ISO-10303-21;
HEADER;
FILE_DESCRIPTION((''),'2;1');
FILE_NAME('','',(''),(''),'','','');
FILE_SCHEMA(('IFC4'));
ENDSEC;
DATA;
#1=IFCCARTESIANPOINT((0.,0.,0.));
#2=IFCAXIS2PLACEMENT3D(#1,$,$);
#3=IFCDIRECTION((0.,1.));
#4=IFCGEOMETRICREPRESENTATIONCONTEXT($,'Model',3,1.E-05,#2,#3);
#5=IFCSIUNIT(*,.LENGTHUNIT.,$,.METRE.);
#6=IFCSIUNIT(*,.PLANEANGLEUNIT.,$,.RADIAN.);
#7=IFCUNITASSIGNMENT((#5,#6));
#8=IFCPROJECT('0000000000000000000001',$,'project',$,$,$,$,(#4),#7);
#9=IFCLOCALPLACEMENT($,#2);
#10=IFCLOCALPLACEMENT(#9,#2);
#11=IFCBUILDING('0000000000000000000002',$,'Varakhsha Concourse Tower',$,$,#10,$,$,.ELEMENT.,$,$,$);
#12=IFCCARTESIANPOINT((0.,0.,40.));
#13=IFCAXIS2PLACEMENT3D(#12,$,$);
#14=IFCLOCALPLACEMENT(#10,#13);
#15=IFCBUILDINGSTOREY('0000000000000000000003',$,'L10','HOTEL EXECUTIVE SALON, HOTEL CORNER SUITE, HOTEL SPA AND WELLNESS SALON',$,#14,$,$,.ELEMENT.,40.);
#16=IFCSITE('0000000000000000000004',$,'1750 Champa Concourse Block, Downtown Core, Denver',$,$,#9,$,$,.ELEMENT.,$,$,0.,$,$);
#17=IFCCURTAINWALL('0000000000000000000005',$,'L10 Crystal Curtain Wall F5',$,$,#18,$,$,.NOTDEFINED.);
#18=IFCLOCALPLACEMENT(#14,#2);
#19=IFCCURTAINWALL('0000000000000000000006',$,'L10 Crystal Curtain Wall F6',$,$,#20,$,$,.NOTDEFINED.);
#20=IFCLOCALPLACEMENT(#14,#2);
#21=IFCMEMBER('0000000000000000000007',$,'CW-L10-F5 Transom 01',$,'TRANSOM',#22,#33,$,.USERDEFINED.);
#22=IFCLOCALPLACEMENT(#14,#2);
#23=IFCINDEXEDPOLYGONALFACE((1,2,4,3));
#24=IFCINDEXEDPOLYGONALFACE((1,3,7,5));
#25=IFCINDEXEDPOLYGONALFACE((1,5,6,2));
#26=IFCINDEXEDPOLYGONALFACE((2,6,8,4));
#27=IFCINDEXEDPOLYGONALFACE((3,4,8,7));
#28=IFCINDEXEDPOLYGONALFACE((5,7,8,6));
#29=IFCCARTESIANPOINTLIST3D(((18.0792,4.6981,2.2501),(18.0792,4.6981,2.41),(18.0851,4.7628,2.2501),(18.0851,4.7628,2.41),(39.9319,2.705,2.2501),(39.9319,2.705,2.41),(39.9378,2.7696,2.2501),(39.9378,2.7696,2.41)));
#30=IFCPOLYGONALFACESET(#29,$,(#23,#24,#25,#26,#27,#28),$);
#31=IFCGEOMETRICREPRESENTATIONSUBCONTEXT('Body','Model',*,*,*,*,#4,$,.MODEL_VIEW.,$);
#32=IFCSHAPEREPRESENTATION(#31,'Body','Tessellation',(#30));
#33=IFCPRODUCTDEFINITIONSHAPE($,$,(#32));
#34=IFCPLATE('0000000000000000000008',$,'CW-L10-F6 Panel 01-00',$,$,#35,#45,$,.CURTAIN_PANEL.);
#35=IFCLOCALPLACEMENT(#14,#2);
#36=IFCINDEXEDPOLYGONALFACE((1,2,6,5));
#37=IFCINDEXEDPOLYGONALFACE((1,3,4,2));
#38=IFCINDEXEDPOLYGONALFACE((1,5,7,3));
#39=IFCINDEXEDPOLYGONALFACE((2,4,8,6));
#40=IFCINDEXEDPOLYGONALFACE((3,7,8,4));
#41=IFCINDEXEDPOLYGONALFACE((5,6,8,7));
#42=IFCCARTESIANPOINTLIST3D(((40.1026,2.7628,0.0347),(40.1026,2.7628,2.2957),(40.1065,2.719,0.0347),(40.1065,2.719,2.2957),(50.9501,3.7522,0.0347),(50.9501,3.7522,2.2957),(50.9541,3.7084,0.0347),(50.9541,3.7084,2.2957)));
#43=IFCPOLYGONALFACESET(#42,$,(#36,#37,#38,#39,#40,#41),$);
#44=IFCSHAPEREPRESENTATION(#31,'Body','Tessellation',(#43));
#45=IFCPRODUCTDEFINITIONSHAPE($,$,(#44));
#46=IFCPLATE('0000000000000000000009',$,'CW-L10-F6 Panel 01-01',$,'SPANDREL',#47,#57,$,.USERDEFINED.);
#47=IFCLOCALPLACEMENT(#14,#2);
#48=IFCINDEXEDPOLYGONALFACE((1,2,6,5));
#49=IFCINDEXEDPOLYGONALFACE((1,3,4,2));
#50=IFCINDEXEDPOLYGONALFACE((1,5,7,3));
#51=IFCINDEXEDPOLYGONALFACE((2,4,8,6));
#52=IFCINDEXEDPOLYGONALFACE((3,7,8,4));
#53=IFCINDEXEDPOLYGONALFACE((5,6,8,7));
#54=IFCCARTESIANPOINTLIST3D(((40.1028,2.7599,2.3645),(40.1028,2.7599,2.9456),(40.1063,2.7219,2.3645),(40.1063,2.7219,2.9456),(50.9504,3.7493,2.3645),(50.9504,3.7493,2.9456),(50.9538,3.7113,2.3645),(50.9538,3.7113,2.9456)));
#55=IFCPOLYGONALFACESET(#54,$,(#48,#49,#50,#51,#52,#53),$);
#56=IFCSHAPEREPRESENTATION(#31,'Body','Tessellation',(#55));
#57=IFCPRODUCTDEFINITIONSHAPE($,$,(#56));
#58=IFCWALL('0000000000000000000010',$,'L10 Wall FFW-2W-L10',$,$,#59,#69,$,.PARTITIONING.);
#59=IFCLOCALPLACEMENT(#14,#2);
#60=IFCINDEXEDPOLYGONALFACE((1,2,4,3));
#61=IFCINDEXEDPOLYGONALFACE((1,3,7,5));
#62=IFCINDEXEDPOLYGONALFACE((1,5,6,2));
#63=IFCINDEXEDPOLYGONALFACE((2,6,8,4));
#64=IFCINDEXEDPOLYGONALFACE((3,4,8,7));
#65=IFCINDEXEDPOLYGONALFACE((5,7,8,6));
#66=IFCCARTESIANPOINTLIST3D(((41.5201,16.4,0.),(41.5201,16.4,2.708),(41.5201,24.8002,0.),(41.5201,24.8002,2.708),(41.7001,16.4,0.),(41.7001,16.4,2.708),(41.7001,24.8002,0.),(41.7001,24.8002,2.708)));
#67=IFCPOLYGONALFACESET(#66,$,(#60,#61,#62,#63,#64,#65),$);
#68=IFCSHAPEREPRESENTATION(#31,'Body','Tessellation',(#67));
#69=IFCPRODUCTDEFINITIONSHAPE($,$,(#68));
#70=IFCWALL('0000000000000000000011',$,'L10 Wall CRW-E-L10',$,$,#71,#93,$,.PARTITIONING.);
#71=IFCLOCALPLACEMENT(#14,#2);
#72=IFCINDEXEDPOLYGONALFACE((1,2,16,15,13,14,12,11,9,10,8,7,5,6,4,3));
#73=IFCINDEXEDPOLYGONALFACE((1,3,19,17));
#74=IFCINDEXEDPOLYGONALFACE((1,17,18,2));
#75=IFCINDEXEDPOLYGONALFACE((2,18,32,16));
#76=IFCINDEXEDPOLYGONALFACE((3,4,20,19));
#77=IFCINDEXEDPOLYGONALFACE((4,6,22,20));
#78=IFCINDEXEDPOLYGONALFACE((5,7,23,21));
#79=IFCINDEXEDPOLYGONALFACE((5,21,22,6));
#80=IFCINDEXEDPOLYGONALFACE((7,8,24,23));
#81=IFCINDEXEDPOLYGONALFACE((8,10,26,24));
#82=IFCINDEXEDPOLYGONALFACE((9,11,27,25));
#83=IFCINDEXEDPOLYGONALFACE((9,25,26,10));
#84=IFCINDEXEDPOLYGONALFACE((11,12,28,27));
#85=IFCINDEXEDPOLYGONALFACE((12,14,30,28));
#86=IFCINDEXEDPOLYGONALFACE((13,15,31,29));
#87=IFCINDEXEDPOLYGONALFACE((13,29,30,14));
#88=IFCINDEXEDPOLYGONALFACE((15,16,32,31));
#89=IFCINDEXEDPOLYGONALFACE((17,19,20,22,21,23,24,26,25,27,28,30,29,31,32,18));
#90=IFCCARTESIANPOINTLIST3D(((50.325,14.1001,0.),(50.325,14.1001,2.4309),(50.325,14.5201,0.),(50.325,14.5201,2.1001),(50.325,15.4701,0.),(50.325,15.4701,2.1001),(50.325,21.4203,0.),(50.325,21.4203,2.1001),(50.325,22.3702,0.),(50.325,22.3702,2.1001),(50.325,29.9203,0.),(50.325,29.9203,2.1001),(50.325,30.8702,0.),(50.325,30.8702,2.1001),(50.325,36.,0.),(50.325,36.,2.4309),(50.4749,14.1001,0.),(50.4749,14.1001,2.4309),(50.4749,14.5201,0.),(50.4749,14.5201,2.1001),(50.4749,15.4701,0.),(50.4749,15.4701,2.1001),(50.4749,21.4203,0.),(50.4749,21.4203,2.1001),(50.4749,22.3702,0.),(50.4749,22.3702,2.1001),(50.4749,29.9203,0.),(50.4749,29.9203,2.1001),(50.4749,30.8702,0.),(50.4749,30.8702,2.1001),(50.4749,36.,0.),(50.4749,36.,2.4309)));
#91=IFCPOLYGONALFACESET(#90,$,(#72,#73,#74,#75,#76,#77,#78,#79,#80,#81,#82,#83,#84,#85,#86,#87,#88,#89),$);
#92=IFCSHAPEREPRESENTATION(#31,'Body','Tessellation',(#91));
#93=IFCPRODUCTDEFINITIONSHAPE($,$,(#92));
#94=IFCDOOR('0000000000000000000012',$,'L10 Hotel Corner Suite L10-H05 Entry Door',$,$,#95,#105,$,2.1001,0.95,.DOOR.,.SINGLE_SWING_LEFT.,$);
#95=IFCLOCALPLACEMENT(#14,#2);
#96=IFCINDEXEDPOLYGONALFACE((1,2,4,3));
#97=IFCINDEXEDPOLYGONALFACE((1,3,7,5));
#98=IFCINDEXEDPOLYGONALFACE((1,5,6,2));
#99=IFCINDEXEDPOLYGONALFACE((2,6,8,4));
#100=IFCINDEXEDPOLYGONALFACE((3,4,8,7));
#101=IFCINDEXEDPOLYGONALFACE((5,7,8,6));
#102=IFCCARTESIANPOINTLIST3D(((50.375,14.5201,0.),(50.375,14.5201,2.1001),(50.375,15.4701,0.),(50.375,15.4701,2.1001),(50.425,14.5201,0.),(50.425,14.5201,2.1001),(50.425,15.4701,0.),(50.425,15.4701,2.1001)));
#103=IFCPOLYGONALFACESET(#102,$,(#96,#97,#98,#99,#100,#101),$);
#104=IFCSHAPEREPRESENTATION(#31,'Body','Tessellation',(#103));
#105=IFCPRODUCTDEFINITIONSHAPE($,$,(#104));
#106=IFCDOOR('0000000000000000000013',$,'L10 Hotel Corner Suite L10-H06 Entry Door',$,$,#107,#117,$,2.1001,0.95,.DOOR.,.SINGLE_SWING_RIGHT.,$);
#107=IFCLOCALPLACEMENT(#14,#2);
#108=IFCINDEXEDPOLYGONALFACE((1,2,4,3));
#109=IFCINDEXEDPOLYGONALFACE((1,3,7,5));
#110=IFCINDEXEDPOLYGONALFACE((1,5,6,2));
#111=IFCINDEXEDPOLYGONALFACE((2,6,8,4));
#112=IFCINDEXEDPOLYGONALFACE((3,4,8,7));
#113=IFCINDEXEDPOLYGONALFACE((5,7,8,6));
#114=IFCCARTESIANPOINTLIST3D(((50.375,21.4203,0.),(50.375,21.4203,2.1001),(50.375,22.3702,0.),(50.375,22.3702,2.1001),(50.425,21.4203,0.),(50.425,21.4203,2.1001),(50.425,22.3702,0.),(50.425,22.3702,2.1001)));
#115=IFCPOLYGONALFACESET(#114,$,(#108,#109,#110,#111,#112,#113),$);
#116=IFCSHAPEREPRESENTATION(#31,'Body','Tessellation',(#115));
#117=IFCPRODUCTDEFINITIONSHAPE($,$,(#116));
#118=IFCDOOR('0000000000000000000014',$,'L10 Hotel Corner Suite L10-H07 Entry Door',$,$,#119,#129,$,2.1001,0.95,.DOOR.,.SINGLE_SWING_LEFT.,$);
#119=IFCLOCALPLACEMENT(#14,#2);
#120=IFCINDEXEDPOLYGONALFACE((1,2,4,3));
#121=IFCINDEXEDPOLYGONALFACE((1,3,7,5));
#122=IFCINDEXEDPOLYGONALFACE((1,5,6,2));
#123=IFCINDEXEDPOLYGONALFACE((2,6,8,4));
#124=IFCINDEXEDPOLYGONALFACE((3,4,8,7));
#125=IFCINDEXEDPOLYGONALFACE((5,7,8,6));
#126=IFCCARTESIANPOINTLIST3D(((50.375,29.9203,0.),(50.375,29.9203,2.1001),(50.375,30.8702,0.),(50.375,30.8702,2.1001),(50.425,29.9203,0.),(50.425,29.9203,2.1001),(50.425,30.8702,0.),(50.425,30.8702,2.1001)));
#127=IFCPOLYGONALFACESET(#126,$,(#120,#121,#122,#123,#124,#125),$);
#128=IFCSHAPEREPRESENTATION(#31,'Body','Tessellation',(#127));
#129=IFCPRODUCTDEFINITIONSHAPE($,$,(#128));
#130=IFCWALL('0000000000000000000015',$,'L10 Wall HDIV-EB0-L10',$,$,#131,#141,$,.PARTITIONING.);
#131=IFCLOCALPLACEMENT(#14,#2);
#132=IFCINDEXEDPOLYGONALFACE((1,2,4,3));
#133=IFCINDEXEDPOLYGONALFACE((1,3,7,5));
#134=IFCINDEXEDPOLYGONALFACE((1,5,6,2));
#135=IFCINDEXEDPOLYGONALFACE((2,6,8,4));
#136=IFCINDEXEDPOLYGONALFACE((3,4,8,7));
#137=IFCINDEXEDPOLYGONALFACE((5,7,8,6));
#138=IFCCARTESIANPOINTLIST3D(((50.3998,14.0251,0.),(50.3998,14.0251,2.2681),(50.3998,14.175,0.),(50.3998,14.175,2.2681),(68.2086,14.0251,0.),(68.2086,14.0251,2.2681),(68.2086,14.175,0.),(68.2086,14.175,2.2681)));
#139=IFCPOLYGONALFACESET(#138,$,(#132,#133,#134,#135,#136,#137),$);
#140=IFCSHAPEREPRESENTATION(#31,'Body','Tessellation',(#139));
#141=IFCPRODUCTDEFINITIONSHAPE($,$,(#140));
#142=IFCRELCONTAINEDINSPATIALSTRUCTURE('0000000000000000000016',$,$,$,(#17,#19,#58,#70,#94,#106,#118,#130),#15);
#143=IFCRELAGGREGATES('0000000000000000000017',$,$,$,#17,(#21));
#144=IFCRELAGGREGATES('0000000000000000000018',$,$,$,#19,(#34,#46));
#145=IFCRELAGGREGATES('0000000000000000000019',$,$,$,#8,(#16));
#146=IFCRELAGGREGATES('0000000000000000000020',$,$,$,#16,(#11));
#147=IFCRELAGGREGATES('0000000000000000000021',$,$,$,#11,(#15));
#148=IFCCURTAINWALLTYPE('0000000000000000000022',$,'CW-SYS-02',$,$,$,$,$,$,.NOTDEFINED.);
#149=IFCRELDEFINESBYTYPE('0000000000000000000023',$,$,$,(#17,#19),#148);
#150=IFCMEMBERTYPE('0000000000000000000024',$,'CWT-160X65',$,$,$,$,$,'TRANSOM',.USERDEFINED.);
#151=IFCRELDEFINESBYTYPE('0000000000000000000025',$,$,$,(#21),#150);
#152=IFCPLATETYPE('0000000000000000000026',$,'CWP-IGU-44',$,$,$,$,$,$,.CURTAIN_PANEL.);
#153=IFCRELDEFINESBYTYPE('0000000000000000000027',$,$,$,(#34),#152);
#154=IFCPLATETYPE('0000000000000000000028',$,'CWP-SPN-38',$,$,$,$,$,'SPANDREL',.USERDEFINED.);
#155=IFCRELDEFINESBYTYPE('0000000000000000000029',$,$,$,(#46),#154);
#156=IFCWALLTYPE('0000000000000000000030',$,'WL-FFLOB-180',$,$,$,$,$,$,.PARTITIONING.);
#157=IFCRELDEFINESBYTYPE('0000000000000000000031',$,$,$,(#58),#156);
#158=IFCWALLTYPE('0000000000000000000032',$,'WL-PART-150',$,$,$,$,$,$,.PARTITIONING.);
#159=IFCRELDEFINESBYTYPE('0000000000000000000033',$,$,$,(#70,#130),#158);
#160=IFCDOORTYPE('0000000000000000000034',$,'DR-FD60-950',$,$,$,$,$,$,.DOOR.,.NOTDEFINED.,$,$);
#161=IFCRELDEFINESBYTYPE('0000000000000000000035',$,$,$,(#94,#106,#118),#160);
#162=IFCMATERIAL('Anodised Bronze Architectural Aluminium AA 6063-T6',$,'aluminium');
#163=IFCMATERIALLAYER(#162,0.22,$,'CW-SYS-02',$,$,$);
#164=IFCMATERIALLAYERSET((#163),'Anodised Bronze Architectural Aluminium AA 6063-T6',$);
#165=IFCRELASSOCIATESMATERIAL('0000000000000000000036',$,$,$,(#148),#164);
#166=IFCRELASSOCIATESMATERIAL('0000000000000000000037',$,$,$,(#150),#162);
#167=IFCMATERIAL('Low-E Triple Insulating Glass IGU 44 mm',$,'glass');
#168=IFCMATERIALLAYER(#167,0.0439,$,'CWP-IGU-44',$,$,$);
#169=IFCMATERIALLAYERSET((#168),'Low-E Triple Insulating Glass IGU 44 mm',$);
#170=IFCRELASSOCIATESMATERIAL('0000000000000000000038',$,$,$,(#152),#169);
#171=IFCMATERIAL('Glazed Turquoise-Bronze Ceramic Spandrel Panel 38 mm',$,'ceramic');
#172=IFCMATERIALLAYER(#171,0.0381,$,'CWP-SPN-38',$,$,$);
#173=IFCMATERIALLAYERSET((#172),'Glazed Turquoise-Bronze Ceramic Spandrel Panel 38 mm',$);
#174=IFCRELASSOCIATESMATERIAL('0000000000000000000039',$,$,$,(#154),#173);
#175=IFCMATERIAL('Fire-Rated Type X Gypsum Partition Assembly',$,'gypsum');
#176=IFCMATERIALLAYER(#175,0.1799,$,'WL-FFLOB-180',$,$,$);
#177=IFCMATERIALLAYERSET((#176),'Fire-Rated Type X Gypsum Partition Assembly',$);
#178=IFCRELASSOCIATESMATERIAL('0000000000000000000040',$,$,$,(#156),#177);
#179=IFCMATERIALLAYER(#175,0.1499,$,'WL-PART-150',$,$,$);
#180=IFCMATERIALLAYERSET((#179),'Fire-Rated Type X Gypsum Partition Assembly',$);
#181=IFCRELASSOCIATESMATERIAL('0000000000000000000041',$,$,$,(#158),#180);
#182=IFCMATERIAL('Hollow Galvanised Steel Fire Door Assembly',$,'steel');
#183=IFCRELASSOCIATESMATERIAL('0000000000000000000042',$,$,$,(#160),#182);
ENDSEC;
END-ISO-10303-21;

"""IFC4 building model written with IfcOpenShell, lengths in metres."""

from ifc_helpers import new_model, si_unit, direction, frame, frame_2d, origin, origin_2d, place, context, subcontext, project, spatial, rectangle, extrude, source, transform, mapped, material, layer, layer_set, material_profile, profile_set, type_object, type_shapes, element, fill, aggregate, save


model = new_model("IFC4")

# Units and contexts
model_context = context("Model", 3, precision=1e-05, world=origin(), true_north=direction((0.0, 1.0)))
body_context = subcontext(model_context, "Body", "Model", "MODEL_VIEW")
ifc_project = project(units=[si_unit("LENGTHUNIT", "METRE"), si_unit("PLANEANGLEUNIT", "RADIAN")], contexts=[model_context])

# Site, building, storey
site_placement = place(None, origin())
site = spatial("IfcSite", under=ifc_project, at=site_placement, Name="1750 Champa Concourse Block, Downtown Core, Denver", CompositionType="ELEMENT", RefElevation=0.0)
building_placement = place(site_placement, origin())
building = spatial("IfcBuilding", under=site, at=building_placement, Name="Varakhsha Concourse Tower", CompositionType="ELEMENT")
storey_placement = place(building_placement, frame((0.0, 0.0, 40.0)))
storey = spatial("IfcBuildingStorey", under=building, at=storey_placement, Name="L10", Description="HOTEL EXECUTIVE SALON, HOTEL CORNER SUITE, HOTEL SPA AND WELLNESS SALON", CompositionType="ELEMENT", Elevation=40.0)

# Curtain wall
ifc_material_1 = material(Name="Anodised Bronze Architectural Aluminium AA 6063-T6", Category="aluminium")
ifc_layer_1 = layer(ifc_material_1, 0.22, Name="CW-SYS-02")
ifc_layer_set_1 = layer_set([ifc_layer_1], Name="Anodised Bronze Architectural Aluminium AA 6063-T6")
curtain_wall_type = type_object("IfcCurtainWallType", Name="CW-SYS-02", PredefinedType="NOTDEFINED", material=ifc_layer_set_1)
curtain_wall_1_placement = place(storey_placement, origin())
curtain_wall_1 = element("IfcCurtainWall", 1, at=curtain_wall_1_placement, inside=storey, type_object=curtain_wall_type, Name="L10 Crystal Curtain Wall F5", PredefinedType="NOTDEFINED")

# Curtain wall
curtain_wall_2_placement = place(storey_placement, origin())
curtain_wall_2 = element("IfcCurtainWall", 2, at=curtain_wall_2_placement, inside=storey, type_object=curtain_wall_type, Name="L10 Crystal Curtain Wall F6", PredefinedType="NOTDEFINED")

# Member
ifc_material_profile_1 = material_profile(ifc_material_1, rectangle(XDim=0.0649, YDim=0.1599, at=origin_2d()), Name="CWT-160X65")
ifc_profile_set_1 = profile_set([ifc_material_profile_1], Name="Anodised Bronze Architectural Aluminium AA 6063-T6")
member_type_1 = type_object("IfcMemberType", Name="CWT-160X65", ElementType="TRANSOM", PredefinedType="USERDEFINED", material=ifc_profile_set_1)
shared_shape_1 = source(origin(), body_context, "Body", "SweptSolid", [
    extrude(rectangle(XDim=0.0649, YDim=0.1599, at=origin_2d()), origin(), (0.0, 0.0, 1.0), 21.9434),
])
type_shapes(member_type_1, [shared_shape_1])
member_1_placement = place(storey_placement, frame((39.9348, 2.7373, 2.3301), z_axis=(-0.995866, 0.090833, 0.0), x_axis=(-0.090833, -0.995866, 0.0)))
member_1 = element("IfcMember", 3, at=member_1_placement, type_object=member_type_1, Name="CW-L10-F5 Transom 01", ObjectType="TRANSOM", PredefinedType="USERDEFINED", context=body_context, shape_type="MappedRepresentation", body=[
    mapped(shared_shape_1, transform((0.0, 0.0, 0.0), scale=1.0)),
])
aggregate(curtain_wall_1, [member_1])

# Plates
ifc_material_2 = material(Name="Low-E Triple Insulating Glass IGU 44 mm", Category="glass")
ifc_layer_2 = layer(ifc_material_2, 0.0439, Name="CWP-IGU-44")
ifc_layer_set_2 = layer_set([ifc_layer_2], Name="Low-E Triple Insulating Glass IGU 44 mm")
plate_type_1 = type_object("IfcPlateType", Name="CWP-IGU-44", PredefinedType="CURTAIN_PANEL", material=ifc_layer_set_2)
shared_shape_2 = source(origin(), body_context, "Body", "SweptSolid", [
    extrude(rectangle(XDim=10.8926, YDim=0.0439, at=origin_2d()), origin(), (0.0, 0.0, 1.0), 2.261),
])
type_shapes(plate_type_1, [shared_shape_2])
plate_1_placement = place(storey_placement, frame((45.5283, 3.2356, 0.0347), z_axis=(0.0, 0.0, 1.0), x_axis=(-0.995866, -0.090834, 0.0)))
plate_1 = element("IfcPlate", 4, at=plate_1_placement, type_object=plate_type_1, Name="CW-L10-F6 Panel 01-00", PredefinedType="CURTAIN_PANEL", context=body_context, shape_type="MappedRepresentation", body=[
    mapped(shared_shape_2, transform((0.0, 0.0, 0.0), scale=1.0)),
])
ifc_material_3 = material(Name="Glazed Turquoise-Bronze Ceramic Spandrel Panel 38 mm", Category="ceramic")
ifc_layer_3 = layer(ifc_material_3, 0.0381, Name="CWP-SPN-38")
ifc_layer_set_3 = layer_set([ifc_layer_3], Name="Glazed Turquoise-Bronze Ceramic Spandrel Panel 38 mm")
plate_type_2 = type_object("IfcPlateType", Name="CWP-SPN-38", ElementType="SPANDREL", PredefinedType="USERDEFINED", material=ifc_layer_set_3)
shared_shape_3 = source(origin(), body_context, "Body", "SweptSolid", [
    extrude(rectangle(XDim=10.8926, YDim=0.0381, at=origin_2d()), origin(), (0.0, 0.0, 1.0), 0.5811),
])
type_shapes(plate_type_2, [shared_shape_3])
plate_2_placement = place(storey_placement, frame((45.5283, 3.2356, 2.3645), z_axis=(0.0, 0.0, 1.0), x_axis=(-0.995866, -0.090834, 0.0)))
plate_2 = element("IfcPlate", 5, at=plate_2_placement, type_object=plate_type_2, Name="CW-L10-F6 Panel 01-01", ObjectType="SPANDREL", PredefinedType="USERDEFINED", context=body_context, shape_type="MappedRepresentation", body=[
    mapped(shared_shape_3, transform((0.0, 0.0, 0.0), scale=1.0)),
])
aggregate(curtain_wall_2, [plate_1, plate_2])

# Wall
ifc_material_4 = material(Name="Fire-Rated Type X Gypsum Partition Assembly", Category="gypsum")
ifc_layer_4 = layer(ifc_material_4, 0.1799, Name="WL-FFLOB-180")
ifc_layer_set_4 = layer_set([ifc_layer_4], Name="Fire-Rated Type X Gypsum Partition Assembly")
wall_type_1 = type_object("IfcWallType", Name="WL-FFLOB-180", PredefinedType="PARTITIONING", material=ifc_layer_set_4)
wall_1_placement = place(storey_placement, frame((41.6101, 16.3999, 0.0), z_axis=(0.0, 0.0, 1.0), x_axis=(0.0, 1.0, 0.0)))
element("IfcWall", 6, at=wall_1_placement, inside=storey, type_object=wall_type_1, Name="L10 Wall FFW-2W-L10", PredefinedType="PARTITIONING", context=body_context, shape_type="SweptSolid", body=[
    extrude(rectangle(XDim=8.4001, YDim=0.1799, at=frame_2d((4.2002, 0.0))), origin(), (0.0, 0.0, 1.0), 2.708),
])

# Wall, openings, doors
ifc_layer_5 = layer(ifc_material_4, 0.1499, Name="WL-PART-150")
ifc_layer_set_5 = layer_set([ifc_layer_5], Name="Fire-Rated Type X Gypsum Partition Assembly")
wall_type_2 = type_object("IfcWallType", Name="WL-PART-150", PredefinedType="PARTITIONING", material=ifc_layer_set_5)
wall_2_placement = place(storey_placement, frame((50.3999, 14.1001, 0.0), z_axis=(0.0, 0.0, 1.0), x_axis=(0.0, 1.0, 0.0)))
wall_2 = element("IfcWall", 7, at=wall_2_placement, inside=storey, type_object=wall_type_2, Name="L10 Wall CRW-E-L10", PredefinedType="PARTITIONING", context=body_context, shape_type="SweptSolid", body=[
    extrude(rectangle(XDim=21.8999, YDim=0.1499, at=frame_2d((10.95, 0.0))), origin(), (0.0, 0.0, 1.0), 2.4309),
])
opening_1_placement = place(wall_2_placement, frame((0.4199, 0.0, 0.0)))
opening_1 = element("IfcOpeningElement", 8, at=opening_1_placement, cuts=wall_2, PredefinedType="OPENING", context=body_context, shape_type="SweptSolid", body=[
    extrude(rectangle(XDim=0.95, YDim=2.1001, at=frame_2d((0.4751, 1.05))), frame((0.0, 0.085, 0.0), z_axis=(0.0, -1.0, 0.0), x_axis=(1.0, 0.0, 0.0)), (0.0, 0.0, 1.0), 0.1699),
])
opening_2_placement = place(wall_2_placement, frame((7.3201, 0.0, 0.0)))
opening_2 = element("IfcOpeningElement", 9, at=opening_2_placement, cuts=wall_2, PredefinedType="OPENING", context=body_context, shape_type="SweptSolid", body=[
    extrude(rectangle(XDim=0.95, YDim=2.1001, at=frame_2d((0.4751, 1.05))), frame((0.0, 0.085, 0.0), z_axis=(0.0, -1.0, 0.0), x_axis=(1.0, 0.0, 0.0)), (0.0, 0.0, 1.0), 0.1699),
])
opening_3_placement = place(wall_2_placement, frame((15.8201, 0.0, 0.0)))
opening_3 = element("IfcOpeningElement", 10, at=opening_3_placement, cuts=wall_2, PredefinedType="OPENING", context=body_context, shape_type="SweptSolid", body=[
    extrude(rectangle(XDim=0.95, YDim=2.1001, at=frame_2d((0.4751, 1.05))), frame((0.0, 0.085, 0.0), z_axis=(0.0, -1.0, 0.0), x_axis=(1.0, 0.0, 0.0)), (0.0, 0.0, 1.0), 0.1699),
])
ifc_material_5 = material(Name="Hollow Galvanised Steel Fire Door Assembly", Category="steel")
door_type_1 = type_object("IfcDoorType", Name="DR-FD60-950", OperationType="NOTDEFINED", PredefinedType="DOOR", material=ifc_material_5)
door_1_placement = place(opening_1_placement, origin())
door_1 = element("IfcDoor", 11, at=door_1_placement, inside=storey, type_object=door_type_1, Name="L10 Hotel Corner Suite L10-H05 Entry Door", OperationType="SINGLE_SWING_LEFT", OverallHeight=2.1001, OverallWidth=0.95, PredefinedType="DOOR", context=body_context, shape_type="SweptSolid", body=[
    extrude(rectangle(XDim=0.95, YDim=2.1001, at=frame_2d((0.4751, 1.05))), frame((0.0, 0.0249, 0.0), z_axis=(0.0, -1.0, 0.0), x_axis=(1.0, 0.0, 0.0)), (0.0, 0.0, 1.0), 0.05),
])
fill(opening_1, door_1)
door_2_placement = place(opening_2_placement, origin())
door_2 = element("IfcDoor", 12, at=door_2_placement, inside=storey, type_object=door_type_1, Name="L10 Hotel Corner Suite L10-H06 Entry Door", OperationType="SINGLE_SWING_RIGHT", OverallHeight=2.1001, OverallWidth=0.95, PredefinedType="DOOR", context=body_context, shape_type="SweptSolid", body=[
    extrude(rectangle(XDim=0.95, YDim=2.1001, at=frame_2d((0.4751, 1.05))), frame((0.0, 0.0249, 0.0), z_axis=(0.0, -1.0, 0.0), x_axis=(1.0, 0.0, 0.0)), (0.0, 0.0, 1.0), 0.05),
])
fill(opening_2, door_2)
door_3_placement = place(opening_3_placement, origin())
door_3 = element("IfcDoor", 13, at=door_3_placement, inside=storey, type_object=door_type_1, Name="L10 Hotel Corner Suite L10-H07 Entry Door", OperationType="SINGLE_SWING_LEFT", OverallHeight=2.1001, OverallWidth=0.95, PredefinedType="DOOR", context=body_context, shape_type="SweptSolid", body=[
    extrude(rectangle(XDim=0.95, YDim=2.1001, at=frame_2d((0.4751, 1.05))), frame((0.0, 0.0249, 0.0), z_axis=(0.0, -1.0, 0.0), x_axis=(1.0, 0.0, 0.0)), (0.0, 0.0, 1.0), 0.05),
])
fill(opening_3, door_3)

# Wall
wall_3_placement = place(storey_placement, frame((50.3999, 14.1001, 0.0), z_axis=(0.0, 0.0, 1.0), x_axis=(1.0, 0.0, 0.0)))
element("IfcWall", 14, at=wall_3_placement, inside=storey, type_object=wall_type_2, Name="L10 Wall HDIV-EB0-L10", PredefinedType="PARTITIONING", context=body_context, shape_type="SweptSolid", body=[
    extrude(rectangle(XDim=17.8088, YDim=0.1499, at=frame_2d((8.9043, 0.0))), origin(), (0.0, 0.0, 1.0), 2.2681),
])

save(model, "model.ifc")
